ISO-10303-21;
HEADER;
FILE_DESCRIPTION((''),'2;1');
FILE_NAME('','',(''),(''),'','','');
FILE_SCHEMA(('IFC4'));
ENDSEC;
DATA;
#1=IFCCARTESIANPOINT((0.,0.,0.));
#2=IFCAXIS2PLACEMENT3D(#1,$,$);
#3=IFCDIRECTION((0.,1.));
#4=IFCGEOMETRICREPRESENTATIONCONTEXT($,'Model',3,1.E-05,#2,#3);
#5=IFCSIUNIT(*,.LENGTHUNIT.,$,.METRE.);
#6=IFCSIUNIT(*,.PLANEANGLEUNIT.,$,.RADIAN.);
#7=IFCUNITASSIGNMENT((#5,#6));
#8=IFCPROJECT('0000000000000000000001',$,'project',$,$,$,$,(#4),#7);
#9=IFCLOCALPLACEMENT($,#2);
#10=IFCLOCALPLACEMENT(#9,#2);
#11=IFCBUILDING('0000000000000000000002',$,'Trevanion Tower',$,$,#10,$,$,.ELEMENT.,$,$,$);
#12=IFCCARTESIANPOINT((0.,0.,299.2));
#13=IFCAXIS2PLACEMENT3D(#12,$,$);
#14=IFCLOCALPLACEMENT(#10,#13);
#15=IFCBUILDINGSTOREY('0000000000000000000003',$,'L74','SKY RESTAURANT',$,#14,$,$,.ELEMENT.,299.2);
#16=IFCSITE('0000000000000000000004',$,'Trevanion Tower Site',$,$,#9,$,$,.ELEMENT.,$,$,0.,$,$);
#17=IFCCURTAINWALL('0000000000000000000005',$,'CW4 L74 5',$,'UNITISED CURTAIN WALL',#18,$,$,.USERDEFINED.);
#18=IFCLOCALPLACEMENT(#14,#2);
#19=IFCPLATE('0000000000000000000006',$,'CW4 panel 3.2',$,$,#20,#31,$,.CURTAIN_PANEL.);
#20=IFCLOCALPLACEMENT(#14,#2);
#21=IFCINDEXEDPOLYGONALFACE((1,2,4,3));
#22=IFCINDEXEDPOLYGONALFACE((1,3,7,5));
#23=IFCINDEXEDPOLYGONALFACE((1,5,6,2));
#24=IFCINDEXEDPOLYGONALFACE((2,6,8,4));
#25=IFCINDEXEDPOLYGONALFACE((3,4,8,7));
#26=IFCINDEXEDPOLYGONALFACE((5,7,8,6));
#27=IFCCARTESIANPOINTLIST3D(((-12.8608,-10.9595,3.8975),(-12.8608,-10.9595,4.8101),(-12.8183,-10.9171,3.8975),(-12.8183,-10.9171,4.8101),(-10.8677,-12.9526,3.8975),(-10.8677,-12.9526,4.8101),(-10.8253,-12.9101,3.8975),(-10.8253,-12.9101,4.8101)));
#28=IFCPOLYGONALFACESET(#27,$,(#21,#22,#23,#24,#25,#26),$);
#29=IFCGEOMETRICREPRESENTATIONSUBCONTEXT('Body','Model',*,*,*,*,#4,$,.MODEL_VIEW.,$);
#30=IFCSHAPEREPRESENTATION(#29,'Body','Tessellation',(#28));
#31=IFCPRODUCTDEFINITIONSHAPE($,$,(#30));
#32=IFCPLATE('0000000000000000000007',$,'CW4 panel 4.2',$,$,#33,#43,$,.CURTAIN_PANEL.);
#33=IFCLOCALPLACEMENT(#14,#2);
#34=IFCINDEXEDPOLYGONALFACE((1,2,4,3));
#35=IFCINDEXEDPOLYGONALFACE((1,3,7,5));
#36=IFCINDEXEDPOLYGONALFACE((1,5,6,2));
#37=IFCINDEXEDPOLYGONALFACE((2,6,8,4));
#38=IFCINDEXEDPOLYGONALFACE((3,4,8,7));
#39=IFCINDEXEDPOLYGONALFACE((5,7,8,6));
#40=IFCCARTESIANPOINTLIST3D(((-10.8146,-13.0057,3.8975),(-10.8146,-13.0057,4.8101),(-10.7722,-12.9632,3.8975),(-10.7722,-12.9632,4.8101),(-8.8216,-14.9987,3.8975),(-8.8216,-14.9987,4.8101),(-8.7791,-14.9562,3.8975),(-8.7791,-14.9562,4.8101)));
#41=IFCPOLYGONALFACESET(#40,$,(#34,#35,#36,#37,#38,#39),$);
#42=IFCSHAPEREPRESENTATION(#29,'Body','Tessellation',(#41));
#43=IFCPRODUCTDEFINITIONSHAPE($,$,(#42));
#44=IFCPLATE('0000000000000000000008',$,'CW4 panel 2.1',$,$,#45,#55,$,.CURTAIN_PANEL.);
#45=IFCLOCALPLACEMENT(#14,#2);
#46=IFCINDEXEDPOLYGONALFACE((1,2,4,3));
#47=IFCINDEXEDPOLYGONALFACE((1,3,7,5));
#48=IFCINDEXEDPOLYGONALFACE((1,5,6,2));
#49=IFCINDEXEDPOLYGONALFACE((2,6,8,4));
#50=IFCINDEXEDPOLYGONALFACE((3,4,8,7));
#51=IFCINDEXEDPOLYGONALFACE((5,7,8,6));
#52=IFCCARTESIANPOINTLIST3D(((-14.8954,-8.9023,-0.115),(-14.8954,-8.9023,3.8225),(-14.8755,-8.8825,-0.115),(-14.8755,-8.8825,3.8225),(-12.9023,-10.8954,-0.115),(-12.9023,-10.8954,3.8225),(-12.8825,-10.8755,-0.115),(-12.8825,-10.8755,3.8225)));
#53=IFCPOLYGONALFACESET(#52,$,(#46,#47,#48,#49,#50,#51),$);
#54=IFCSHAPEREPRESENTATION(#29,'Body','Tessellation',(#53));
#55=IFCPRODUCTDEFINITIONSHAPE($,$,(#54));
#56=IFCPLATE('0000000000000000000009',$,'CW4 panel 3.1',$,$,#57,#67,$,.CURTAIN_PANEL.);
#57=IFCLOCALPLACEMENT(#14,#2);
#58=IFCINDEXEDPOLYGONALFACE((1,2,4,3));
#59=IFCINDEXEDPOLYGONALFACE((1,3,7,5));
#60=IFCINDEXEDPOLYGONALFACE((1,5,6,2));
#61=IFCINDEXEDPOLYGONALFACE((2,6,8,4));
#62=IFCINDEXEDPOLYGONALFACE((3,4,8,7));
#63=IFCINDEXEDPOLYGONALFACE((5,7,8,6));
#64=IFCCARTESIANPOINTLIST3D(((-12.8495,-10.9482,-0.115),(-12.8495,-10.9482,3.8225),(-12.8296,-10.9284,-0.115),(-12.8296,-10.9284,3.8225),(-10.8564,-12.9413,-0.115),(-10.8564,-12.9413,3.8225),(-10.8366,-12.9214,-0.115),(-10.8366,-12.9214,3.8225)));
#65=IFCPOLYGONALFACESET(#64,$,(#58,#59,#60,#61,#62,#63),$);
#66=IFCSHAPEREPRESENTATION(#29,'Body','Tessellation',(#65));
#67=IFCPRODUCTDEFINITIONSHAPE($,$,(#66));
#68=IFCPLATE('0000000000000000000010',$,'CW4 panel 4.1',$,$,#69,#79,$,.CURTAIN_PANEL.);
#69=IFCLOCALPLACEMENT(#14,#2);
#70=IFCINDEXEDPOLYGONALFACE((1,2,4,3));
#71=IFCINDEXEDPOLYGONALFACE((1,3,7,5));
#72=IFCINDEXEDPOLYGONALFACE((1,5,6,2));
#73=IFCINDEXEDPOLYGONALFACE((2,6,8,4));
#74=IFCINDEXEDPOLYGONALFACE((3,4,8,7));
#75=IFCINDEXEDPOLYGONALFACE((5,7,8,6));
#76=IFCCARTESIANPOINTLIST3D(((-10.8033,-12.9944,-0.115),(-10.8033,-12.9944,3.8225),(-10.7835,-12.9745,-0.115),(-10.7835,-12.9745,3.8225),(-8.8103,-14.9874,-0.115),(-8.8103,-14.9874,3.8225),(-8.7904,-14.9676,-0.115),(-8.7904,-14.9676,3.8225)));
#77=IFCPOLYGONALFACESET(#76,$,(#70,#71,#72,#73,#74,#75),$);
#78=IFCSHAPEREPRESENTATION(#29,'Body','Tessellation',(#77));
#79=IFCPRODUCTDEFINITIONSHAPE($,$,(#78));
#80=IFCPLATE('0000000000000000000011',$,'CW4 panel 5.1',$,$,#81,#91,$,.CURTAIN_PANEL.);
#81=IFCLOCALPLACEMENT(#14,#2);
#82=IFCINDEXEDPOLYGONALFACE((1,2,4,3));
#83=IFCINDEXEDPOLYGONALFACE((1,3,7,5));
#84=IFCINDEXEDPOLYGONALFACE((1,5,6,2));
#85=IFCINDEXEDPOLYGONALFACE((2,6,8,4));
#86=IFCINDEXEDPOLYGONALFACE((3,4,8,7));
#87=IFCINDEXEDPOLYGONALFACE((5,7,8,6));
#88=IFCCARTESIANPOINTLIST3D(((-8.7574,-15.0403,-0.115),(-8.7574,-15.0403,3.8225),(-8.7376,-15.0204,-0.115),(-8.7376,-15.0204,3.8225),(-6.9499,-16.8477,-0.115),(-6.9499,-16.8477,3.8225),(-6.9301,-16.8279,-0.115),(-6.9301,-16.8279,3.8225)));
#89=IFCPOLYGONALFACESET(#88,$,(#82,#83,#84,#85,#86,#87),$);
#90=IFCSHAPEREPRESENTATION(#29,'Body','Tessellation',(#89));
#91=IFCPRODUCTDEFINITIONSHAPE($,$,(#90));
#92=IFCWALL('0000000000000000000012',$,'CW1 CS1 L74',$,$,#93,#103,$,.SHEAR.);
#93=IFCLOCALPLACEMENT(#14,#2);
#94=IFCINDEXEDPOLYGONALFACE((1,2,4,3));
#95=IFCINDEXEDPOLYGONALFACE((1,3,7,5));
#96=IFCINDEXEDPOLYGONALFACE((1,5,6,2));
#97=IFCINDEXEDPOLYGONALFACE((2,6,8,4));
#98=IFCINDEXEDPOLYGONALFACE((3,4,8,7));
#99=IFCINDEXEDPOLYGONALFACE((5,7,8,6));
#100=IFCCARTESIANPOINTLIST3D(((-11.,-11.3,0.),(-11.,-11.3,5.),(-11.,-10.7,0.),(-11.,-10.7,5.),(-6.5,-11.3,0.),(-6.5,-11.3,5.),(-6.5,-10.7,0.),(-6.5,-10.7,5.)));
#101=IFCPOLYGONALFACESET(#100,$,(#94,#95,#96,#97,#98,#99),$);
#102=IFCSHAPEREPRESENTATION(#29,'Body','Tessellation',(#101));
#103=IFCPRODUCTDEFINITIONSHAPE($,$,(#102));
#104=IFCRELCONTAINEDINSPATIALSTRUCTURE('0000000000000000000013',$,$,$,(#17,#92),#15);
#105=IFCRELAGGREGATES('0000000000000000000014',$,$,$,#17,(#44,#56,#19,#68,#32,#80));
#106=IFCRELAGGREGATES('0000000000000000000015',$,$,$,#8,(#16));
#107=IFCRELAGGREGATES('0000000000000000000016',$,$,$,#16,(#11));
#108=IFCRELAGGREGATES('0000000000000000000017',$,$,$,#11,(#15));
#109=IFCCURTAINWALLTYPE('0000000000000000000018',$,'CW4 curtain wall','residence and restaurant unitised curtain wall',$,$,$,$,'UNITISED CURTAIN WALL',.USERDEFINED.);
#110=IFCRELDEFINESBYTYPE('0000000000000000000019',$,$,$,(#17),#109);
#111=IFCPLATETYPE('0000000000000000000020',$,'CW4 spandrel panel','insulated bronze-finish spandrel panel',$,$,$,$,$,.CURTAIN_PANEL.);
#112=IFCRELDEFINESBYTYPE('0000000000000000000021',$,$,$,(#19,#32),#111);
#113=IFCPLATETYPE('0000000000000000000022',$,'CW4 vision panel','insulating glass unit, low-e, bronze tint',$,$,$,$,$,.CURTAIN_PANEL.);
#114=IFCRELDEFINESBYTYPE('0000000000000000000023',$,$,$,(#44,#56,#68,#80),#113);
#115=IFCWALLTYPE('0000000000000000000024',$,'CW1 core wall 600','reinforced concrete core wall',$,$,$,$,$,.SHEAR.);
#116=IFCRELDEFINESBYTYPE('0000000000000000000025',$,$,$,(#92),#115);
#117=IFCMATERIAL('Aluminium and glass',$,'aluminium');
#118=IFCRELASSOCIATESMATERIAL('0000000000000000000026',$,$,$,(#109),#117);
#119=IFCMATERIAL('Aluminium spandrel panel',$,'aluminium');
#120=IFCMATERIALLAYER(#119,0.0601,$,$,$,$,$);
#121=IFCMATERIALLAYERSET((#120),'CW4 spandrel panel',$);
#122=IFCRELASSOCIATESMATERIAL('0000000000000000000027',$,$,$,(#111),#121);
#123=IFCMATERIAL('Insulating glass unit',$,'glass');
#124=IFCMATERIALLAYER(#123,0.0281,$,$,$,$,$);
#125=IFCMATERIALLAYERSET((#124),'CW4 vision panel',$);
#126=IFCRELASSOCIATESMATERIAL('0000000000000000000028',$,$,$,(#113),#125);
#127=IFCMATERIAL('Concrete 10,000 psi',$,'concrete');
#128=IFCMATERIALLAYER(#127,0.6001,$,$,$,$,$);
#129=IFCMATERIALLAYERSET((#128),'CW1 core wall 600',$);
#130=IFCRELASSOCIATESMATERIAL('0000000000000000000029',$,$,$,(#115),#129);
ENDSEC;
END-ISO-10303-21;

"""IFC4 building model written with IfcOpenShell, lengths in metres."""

from ifc_helpers import new_model, si_unit, direction, frame, frame_2d, origin, origin_2d, place, context, subcontext, project, spatial, rectangle, extrude, material, layer, layer_set, type_object, element, aggregate, save


model = new_model("IFC4")

# Units and contexts
model_context = context("Model", 3, precision=1e-05, world=origin(), true_north=direction((0.0, 1.0)))
body_context = subcontext(model_context, "Body", "Model", "MODEL_VIEW")
ifc_project = project(units=[si_unit("LENGTHUNIT", "METRE"), si_unit("PLANEANGLEUNIT", "RADIAN")], contexts=[model_context])

# Site, building, storey
site_placement = place(None, origin())
site = spatial("IfcSite", under=ifc_project, at=site_placement, Name="Trevanion Tower Site", CompositionType="ELEMENT", RefElevation=0.0)
building_placement = place(site_placement, origin())
building = spatial("IfcBuilding", under=site, at=building_placement, Name="Trevanion Tower", CompositionType="ELEMENT")
storey_placement = place(building_placement, frame((0.0, 0.0, 299.2)))
storey = spatial("IfcBuildingStorey", under=building, at=storey_placement, Name="L74", Description="SKY RESTAURANT", CompositionType="ELEMENT", Elevation=299.2)

# Curtain wall, plates
ifc_material_1 = material(Name="Aluminium and glass", Category="aluminium")
curtain_wall_type = type_object("IfcCurtainWallType", Name="CW4 curtain wall", Description="residence and restaurant unitised curtain wall", ElementType="UNITISED CURTAIN WALL", PredefinedType="USERDEFINED", material=ifc_material_1)
curtain_wall_placement = place(storey_placement, origin())
curtain_wall = element("IfcCurtainWall", 1, at=curtain_wall_placement, inside=storey, type_object=curtain_wall_type, Name="CW4 L74 5", ObjectType="UNITISED CURTAIN WALL", PredefinedType="USERDEFINED")
ifc_material_2 = material(Name="Aluminium spandrel panel", Category="aluminium")
ifc_layer_1 = layer(ifc_material_2, 0.0601)
ifc_layer_set_1 = layer_set([ifc_layer_1], Name="CW4 spandrel panel")
plate_type_1 = type_object("IfcPlateType", Name="CW4 spandrel panel", Description="insulated bronze-finish spandrel panel", PredefinedType="CURTAIN_PANEL", material=ifc_layer_set_1)
plate_1_placement = place(storey_placement, frame((-11.843, -11.9348, 3.8975), z_axis=(0.0, 0.0, 1.0), x_axis=(0.707107, -0.707107, 0.0)))
plate_1 = element("IfcPlate", 2, at=plate_1_placement, type_object=plate_type_1, Name="CW4 panel 3.2", PredefinedType="CURTAIN_PANEL", context=body_context, shape_type="SweptSolid", body=[
    extrude(rectangle(XDim=2.8186, YDim=0.0601, at=origin_2d()), origin(), (0.0, 0.0, 1.0), 0.9126),
])
plate_2_placement = place(storey_placement, frame((-9.7969, -13.981, 3.8975), z_axis=(0.0, 0.0, 1.0), x_axis=(0.707107, -0.707107, 0.0)))
plate_2 = element("IfcPlate", 3, at=plate_2_placement, type_object=plate_type_1, Name="CW4 panel 4.2", PredefinedType="CURTAIN_PANEL", context=body_context, shape_type="SweptSolid", body=[
    extrude(rectangle(XDim=2.8186, YDim=0.0601, at=origin_2d()), origin(), (0.0, 0.0, 1.0), 0.9126),
])
ifc_material_3 = material(Name="Insulating glass unit", Category="glass")
ifc_layer_2 = layer(ifc_material_3, 0.0281)
ifc_layer_set_2 = layer_set([ifc_layer_2], Name="CW4 vision panel")
plate_type_2 = type_object("IfcPlateType", Name="CW4 vision panel", Description="insulating glass unit, low-e, bronze tint", PredefinedType="CURTAIN_PANEL", material=ifc_layer_set_2)
plate_3_placement = place(storey_placement, frame((-13.8889, -9.8889, -0.115), z_axis=(0.0, 0.0, 1.0), x_axis=(0.707107, -0.707107, 0.0)))
plate_3 = element("IfcPlate", 4, at=plate_3_placement, type_object=plate_type_2, Name="CW4 panel 2.1", PredefinedType="CURTAIN_PANEL", context=body_context, shape_type="SweptSolid", body=[
    extrude(rectangle(XDim=2.8186, YDim=0.0281, at=origin_2d()), origin(), (0.0, 0.0, 1.0), 3.9375),
])
plate_4_placement = place(storey_placement, frame((-11.843, -11.9348, -0.115), z_axis=(0.0, 0.0, 1.0), x_axis=(0.707107, -0.707107, 0.0)))
plate_4 = element("IfcPlate", 5, at=plate_4_placement, type_object=plate_type_2, Name="CW4 panel 3.1", PredefinedType="CURTAIN_PANEL", context=body_context, shape_type="SweptSolid", body=[
    extrude(rectangle(XDim=2.8186, YDim=0.0281, at=origin_2d()), origin(), (0.0, 0.0, 1.0), 3.9375),
])
plate_5_placement = place(storey_placement, frame((-9.7969, -13.981, -0.115), z_axis=(0.0, 0.0, 1.0), x_axis=(0.707107, -0.707107, 0.0)))
plate_5 = element("IfcPlate", 6, at=plate_5_placement, type_object=plate_type_2, Name="CW4 panel 4.1", PredefinedType="CURTAIN_PANEL", context=body_context, shape_type="SweptSolid", body=[
    extrude(rectangle(XDim=2.8186, YDim=0.0281, at=origin_2d()), origin(), (0.0, 0.0, 1.0), 3.9375),
])
plate_6_placement = place(storey_placement, frame((-7.8438, -15.9341, -0.115), z_axis=(0.0, 0.0, 1.0), x_axis=(0.707107, -0.707107, 0.0)))
plate_6 = element("IfcPlate", 7, at=plate_6_placement, type_object=plate_type_2, Name="CW4 panel 5.1", PredefinedType="CURTAIN_PANEL", context=body_context, shape_type="SweptSolid", body=[
    extrude(rectangle(XDim=2.5562, YDim=0.0281, at=origin_2d()), origin(), (0.0, 0.0, 1.0), 3.9375),
])
aggregate(curtain_wall, [plate_3, plate_4, plate_1, plate_5, plate_2, plate_6])

# Wall
ifc_material_4 = material(Name="Concrete 10,000 psi", Category="concrete")
ifc_layer_3 = layer(ifc_material_4, 0.6001)
ifc_layer_set_3 = layer_set([ifc_layer_3], Name="CW1 core wall 600")
wall_type = type_object("IfcWallType", Name="CW1 core wall 600", Description="reinforced concrete core wall", PredefinedType="SHEAR", material=ifc_layer_set_3)
wall_placement = place(storey_placement, frame((-11.0, -11.0, 0.0), z_axis=(0.0, 0.0, 1.0), x_axis=(1.0, 0.0, 0.0)))
element("IfcWall", 8, at=wall_placement, inside=storey, type_object=wall_type, Name="CW1 CS1 L74", PredefinedType="SHEAR", context=body_context, shape_type="SweptSolid", body=[
    extrude(rectangle(XDim=4.5, YDim=0.6001, at=frame_2d((2.25, 0.0))), origin(), (0.0, 0.0, 1.0), 5.0),
])

save(model, "model.ifc")
